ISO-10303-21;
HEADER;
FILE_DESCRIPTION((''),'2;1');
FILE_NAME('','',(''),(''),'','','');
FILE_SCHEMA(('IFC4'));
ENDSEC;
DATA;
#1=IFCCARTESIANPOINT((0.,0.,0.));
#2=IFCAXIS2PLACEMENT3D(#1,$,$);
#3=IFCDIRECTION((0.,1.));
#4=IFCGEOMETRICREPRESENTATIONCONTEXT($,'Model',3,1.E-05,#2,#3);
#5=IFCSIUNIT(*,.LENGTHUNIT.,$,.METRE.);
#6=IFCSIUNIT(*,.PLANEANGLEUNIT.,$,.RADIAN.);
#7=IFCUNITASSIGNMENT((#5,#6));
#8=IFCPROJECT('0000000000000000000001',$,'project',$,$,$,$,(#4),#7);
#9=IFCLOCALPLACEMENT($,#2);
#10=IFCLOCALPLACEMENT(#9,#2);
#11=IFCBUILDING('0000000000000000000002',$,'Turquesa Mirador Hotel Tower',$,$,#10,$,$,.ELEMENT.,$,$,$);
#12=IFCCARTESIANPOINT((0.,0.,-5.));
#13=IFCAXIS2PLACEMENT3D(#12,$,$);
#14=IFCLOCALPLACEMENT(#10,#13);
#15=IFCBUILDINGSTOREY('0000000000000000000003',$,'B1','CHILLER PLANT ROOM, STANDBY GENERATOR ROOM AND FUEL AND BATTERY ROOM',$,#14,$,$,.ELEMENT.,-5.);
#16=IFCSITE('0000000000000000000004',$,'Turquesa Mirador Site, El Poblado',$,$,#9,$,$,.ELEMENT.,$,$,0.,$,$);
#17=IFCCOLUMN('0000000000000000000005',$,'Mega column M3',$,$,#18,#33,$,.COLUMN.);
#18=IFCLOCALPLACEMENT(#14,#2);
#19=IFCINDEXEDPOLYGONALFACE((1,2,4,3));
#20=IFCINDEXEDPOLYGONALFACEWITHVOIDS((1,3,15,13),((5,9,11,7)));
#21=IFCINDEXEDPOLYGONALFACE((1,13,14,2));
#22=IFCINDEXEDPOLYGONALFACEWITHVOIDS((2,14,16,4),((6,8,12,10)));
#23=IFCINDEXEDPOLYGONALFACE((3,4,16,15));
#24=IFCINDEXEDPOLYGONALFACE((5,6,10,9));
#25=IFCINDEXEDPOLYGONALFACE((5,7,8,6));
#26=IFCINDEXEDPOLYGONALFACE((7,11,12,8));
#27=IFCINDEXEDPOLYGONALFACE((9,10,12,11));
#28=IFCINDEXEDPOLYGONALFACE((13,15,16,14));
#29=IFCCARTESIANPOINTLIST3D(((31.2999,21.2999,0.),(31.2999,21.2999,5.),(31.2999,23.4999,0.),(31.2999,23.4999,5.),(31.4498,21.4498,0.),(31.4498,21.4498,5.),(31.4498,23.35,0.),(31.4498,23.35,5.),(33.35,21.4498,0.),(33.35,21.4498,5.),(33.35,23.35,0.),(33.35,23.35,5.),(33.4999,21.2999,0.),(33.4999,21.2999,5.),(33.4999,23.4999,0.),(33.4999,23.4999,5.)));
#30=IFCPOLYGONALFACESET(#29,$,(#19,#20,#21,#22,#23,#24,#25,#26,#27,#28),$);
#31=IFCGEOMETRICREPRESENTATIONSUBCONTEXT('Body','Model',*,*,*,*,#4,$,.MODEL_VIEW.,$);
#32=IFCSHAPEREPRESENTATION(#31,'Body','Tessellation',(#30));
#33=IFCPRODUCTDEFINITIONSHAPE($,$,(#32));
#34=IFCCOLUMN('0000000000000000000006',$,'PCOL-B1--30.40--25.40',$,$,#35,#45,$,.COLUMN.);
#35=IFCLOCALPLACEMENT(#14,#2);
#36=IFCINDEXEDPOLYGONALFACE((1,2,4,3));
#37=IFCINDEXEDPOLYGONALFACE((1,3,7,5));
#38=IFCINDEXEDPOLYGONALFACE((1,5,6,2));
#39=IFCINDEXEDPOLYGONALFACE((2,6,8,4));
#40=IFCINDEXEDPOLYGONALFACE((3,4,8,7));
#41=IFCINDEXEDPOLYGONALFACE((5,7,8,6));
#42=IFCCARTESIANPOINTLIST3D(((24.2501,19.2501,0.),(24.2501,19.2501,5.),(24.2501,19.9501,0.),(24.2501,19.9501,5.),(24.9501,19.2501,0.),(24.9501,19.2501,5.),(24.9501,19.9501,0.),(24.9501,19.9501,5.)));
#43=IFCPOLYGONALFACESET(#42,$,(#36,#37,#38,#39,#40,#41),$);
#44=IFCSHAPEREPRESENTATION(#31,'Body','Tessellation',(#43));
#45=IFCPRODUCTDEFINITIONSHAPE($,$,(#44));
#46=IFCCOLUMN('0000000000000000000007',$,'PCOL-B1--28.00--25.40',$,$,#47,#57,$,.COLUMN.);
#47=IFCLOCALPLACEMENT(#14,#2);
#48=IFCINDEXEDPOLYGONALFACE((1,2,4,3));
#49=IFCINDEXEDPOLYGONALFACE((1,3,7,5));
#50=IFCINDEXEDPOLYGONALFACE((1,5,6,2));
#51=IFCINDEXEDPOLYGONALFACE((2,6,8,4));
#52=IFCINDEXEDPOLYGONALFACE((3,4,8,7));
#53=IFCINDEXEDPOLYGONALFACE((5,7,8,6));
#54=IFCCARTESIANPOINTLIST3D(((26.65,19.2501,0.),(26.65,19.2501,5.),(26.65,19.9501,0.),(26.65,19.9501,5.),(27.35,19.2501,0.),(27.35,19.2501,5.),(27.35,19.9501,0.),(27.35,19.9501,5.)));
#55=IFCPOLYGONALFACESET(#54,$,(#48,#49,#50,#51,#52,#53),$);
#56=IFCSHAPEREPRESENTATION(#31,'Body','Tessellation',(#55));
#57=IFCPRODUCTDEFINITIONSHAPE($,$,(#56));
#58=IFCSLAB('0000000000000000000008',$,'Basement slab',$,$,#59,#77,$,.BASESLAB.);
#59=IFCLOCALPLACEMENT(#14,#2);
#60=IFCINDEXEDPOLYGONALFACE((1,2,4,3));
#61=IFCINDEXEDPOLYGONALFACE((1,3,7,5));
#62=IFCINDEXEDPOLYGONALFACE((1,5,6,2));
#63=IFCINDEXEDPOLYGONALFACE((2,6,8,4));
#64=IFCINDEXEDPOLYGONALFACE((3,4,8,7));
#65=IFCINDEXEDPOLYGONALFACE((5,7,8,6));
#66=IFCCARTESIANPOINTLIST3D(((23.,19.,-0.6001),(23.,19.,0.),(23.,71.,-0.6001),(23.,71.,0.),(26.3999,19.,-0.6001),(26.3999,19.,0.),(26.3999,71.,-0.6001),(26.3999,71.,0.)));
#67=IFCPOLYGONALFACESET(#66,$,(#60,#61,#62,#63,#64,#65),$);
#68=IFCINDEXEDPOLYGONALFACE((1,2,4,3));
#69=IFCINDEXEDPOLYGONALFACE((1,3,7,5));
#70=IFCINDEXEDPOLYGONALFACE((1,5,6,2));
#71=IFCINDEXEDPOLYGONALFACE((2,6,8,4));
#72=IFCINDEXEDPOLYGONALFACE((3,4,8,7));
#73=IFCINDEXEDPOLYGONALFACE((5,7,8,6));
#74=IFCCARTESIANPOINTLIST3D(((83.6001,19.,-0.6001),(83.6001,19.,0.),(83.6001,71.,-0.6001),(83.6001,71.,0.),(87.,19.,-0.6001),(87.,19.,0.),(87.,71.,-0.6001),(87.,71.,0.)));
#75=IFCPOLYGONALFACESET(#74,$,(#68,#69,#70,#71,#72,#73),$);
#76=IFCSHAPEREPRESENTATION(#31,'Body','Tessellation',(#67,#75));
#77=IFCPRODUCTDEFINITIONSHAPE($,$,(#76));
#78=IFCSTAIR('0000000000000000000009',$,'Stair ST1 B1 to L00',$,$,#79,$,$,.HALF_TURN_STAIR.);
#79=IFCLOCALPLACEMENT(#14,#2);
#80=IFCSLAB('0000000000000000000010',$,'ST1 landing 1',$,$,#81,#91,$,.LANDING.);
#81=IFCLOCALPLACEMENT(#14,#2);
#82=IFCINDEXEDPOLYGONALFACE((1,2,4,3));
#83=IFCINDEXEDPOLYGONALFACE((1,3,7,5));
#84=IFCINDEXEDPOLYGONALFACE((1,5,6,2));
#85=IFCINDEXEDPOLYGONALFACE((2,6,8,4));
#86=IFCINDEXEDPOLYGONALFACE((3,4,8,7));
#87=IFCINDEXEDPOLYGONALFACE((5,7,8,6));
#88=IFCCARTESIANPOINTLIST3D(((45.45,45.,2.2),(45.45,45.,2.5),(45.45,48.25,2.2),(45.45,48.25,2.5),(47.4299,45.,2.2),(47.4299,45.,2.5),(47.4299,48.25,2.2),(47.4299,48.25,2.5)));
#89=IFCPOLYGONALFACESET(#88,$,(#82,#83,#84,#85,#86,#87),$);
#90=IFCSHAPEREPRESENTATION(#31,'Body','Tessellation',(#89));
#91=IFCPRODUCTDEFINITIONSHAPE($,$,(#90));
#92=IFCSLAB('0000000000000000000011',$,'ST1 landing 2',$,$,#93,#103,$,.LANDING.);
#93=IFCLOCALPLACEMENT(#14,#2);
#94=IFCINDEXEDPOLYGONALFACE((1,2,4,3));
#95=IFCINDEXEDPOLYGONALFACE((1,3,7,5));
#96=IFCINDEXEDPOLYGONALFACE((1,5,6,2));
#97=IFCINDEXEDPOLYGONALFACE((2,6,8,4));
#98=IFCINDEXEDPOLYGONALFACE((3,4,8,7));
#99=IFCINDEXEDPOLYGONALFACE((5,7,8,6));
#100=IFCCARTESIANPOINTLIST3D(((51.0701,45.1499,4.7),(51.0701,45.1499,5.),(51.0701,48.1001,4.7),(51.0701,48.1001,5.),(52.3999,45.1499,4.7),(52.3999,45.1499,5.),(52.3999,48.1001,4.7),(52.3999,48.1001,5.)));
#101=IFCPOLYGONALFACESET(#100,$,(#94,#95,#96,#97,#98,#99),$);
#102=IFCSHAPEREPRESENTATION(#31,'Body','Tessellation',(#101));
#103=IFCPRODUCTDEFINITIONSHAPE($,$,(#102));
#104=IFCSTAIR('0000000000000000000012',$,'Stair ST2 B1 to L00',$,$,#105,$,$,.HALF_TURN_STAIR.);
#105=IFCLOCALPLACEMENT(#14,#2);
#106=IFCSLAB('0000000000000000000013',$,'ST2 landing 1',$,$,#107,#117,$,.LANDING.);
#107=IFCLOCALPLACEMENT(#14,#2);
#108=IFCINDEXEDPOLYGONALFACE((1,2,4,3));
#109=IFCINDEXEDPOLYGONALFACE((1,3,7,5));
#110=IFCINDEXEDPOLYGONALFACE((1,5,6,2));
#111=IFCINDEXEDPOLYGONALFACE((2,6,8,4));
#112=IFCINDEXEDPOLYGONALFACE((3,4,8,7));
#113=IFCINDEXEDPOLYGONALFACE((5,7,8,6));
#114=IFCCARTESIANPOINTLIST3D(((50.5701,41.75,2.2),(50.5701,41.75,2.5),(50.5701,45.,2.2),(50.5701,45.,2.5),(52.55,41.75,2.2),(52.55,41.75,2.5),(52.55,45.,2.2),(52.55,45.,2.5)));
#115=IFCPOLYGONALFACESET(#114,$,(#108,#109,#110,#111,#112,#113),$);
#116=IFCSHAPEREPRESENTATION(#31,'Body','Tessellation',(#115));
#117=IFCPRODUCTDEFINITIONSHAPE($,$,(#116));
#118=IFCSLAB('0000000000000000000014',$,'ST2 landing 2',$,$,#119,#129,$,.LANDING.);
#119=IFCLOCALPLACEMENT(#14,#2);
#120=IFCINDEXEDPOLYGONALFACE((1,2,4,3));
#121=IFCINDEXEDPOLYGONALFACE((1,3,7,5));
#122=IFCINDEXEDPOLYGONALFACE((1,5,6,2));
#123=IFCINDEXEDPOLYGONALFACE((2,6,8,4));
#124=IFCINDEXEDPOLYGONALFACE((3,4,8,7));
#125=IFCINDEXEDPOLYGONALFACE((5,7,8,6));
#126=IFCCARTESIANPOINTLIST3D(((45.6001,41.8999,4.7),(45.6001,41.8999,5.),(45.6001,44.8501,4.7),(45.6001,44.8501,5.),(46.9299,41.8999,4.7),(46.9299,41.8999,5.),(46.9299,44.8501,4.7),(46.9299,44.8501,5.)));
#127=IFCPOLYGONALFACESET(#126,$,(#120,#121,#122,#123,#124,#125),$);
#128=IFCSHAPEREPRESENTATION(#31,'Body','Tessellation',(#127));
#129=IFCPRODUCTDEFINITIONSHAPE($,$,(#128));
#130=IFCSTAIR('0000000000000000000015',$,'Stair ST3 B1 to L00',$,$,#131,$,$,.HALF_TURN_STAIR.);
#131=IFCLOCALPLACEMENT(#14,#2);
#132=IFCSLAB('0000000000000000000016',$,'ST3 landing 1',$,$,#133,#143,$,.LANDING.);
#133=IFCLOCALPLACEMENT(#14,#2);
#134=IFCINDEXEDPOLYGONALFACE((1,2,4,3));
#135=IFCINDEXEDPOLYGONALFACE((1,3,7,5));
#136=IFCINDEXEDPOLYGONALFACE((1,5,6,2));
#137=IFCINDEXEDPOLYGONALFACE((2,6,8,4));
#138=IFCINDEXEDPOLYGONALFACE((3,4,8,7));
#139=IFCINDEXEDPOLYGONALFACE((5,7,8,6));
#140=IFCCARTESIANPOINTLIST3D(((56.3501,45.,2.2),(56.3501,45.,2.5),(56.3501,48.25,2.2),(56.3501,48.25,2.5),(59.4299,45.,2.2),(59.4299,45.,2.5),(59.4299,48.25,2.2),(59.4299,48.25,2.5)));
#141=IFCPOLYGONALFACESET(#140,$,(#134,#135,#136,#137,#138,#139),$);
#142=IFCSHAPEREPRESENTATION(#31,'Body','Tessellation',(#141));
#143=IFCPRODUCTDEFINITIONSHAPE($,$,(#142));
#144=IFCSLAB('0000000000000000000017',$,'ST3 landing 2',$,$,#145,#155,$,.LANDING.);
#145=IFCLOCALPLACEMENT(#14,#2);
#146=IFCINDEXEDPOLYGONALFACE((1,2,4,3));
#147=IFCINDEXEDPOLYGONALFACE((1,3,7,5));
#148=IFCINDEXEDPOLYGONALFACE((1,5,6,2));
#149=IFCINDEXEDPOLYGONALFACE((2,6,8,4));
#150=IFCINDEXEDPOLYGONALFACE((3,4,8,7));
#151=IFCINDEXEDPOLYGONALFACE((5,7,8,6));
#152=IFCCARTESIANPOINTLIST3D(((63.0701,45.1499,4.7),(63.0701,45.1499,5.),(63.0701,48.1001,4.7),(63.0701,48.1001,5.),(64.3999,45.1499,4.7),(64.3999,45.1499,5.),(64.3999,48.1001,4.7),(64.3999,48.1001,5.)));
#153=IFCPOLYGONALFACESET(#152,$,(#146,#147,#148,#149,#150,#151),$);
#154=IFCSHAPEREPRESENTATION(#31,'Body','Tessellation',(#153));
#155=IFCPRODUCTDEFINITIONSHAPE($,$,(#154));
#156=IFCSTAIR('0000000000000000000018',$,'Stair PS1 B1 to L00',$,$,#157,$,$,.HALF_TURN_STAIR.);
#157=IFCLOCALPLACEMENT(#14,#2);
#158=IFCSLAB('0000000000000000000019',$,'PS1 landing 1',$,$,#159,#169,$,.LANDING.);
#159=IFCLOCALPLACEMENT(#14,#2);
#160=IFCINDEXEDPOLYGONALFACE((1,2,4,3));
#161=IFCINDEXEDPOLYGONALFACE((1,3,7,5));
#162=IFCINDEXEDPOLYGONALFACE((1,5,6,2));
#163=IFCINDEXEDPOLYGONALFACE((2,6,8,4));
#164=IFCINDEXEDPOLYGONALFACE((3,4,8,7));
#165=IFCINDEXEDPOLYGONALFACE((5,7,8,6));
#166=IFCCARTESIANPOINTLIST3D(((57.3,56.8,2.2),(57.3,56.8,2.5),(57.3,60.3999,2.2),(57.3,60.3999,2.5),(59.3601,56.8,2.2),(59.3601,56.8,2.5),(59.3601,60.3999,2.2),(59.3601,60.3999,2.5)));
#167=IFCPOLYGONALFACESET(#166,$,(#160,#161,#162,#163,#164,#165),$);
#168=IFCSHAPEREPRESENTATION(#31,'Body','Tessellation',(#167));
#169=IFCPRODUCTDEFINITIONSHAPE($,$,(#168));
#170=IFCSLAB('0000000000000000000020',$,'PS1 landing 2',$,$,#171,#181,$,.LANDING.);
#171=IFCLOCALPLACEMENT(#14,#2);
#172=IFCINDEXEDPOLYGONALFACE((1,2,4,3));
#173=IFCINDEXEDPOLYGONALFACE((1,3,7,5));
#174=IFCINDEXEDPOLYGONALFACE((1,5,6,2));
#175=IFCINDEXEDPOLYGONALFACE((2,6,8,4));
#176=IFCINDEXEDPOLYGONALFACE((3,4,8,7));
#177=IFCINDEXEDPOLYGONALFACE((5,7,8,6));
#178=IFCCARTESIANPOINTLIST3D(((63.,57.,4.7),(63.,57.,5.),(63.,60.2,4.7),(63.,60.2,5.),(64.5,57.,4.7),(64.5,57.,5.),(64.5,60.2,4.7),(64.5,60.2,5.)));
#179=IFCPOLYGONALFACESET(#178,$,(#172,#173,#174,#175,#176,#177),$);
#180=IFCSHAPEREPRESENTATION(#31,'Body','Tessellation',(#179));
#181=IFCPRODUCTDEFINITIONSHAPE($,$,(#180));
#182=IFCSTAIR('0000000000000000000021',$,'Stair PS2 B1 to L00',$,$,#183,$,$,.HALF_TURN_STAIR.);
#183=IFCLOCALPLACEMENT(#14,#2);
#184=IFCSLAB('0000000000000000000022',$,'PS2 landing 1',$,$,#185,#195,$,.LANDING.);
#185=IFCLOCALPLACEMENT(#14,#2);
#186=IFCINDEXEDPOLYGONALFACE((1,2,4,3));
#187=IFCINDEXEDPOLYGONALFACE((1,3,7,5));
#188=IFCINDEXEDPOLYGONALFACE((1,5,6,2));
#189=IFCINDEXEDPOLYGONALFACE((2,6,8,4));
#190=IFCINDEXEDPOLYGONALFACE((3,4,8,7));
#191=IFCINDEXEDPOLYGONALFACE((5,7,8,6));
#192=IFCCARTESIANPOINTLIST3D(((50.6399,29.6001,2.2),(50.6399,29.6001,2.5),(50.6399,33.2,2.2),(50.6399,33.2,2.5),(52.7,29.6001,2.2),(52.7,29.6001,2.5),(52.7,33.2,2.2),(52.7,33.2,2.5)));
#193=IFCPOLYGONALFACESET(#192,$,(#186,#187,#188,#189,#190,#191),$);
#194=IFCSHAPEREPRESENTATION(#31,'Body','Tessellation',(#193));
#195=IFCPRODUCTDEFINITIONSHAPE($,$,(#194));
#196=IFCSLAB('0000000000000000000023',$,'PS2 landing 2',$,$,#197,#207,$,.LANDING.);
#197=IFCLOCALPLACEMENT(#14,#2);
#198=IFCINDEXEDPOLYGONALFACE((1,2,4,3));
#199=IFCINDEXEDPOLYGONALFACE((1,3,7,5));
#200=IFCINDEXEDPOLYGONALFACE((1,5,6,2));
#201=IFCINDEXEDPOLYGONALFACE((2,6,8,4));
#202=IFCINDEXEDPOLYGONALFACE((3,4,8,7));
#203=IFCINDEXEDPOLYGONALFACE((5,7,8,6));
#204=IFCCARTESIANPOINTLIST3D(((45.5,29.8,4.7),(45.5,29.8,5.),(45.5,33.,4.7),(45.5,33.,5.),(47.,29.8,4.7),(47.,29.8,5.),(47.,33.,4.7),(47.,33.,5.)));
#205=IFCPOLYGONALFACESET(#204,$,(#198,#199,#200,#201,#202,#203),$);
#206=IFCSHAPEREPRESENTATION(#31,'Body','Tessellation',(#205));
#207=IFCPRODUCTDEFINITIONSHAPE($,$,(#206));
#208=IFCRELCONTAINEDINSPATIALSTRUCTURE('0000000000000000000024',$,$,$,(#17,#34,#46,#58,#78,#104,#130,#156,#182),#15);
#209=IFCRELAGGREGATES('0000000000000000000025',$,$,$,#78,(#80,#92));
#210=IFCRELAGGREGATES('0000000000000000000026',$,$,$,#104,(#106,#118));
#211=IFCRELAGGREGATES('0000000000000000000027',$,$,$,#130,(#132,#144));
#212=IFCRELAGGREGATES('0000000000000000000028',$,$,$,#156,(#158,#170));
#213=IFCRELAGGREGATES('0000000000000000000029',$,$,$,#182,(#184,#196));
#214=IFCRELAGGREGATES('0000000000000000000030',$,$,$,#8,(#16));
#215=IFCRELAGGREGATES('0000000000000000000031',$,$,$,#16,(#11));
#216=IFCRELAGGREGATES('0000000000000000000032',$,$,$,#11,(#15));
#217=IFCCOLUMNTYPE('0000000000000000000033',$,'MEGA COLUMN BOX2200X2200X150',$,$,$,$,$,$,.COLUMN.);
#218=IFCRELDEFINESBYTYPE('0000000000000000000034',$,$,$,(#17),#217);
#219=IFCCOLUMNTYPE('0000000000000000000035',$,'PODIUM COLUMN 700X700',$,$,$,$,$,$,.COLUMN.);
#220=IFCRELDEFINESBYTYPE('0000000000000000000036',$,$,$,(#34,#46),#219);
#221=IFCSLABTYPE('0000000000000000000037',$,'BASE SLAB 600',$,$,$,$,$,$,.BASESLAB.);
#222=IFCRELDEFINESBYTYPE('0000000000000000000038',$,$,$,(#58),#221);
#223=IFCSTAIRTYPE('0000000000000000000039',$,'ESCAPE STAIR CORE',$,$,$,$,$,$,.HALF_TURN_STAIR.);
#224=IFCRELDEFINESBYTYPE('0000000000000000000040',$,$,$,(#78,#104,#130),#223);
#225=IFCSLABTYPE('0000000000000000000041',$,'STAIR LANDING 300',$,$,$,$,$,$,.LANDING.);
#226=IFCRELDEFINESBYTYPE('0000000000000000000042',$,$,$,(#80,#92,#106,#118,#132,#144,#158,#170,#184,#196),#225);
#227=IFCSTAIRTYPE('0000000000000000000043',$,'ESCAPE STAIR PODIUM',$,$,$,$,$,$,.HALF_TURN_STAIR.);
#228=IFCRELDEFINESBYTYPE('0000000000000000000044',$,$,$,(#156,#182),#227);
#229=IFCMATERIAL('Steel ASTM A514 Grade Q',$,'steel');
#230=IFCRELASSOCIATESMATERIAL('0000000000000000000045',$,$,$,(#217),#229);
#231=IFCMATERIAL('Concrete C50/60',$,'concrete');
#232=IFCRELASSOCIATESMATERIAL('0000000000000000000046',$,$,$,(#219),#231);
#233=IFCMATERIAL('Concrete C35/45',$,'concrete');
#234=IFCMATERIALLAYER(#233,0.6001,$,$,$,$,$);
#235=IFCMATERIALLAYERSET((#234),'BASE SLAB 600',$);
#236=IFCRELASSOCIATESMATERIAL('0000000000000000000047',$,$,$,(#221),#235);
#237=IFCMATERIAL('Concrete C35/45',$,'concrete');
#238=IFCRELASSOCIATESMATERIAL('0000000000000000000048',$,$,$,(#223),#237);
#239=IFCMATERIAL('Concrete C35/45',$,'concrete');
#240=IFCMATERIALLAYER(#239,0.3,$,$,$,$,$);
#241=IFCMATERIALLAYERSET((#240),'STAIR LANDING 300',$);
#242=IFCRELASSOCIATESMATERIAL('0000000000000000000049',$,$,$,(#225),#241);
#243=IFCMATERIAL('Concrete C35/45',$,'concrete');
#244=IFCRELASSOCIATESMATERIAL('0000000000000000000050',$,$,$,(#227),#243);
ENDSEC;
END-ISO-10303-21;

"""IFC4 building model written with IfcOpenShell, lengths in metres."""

from ifc_helpers import new_model, si_unit, direction, frame, origin, origin_2d, place, context, subcontext, project, spatial, polyline, rectangle, hollow_rectangle, outline, extrude, material, layer, layer_set, material_profile, profile_set, type_object, element, aggregate, save


model = new_model("IFC4")

# Units and contexts
model_context = context("Model", 3, precision=1e-05, world=origin(), true_north=direction((0.0, 1.0)))
body_context = subcontext(model_context, "Body", "Model", "MODEL_VIEW")
ifc_project = project(units=[si_unit("LENGTHUNIT", "METRE"), si_unit("PLANEANGLEUNIT", "RADIAN")], contexts=[model_context])

# Site, building, storey
site_placement = place(None, origin())
site = spatial("IfcSite", under=ifc_project, at=site_placement, Name="Turquesa Mirador Site, El Poblado", CompositionType="ELEMENT", RefElevation=0.0)
building_placement = place(site_placement, origin())
building = spatial("IfcBuilding", under=site, at=building_placement, Name="Turquesa Mirador Hotel Tower", CompositionType="ELEMENT")
storey_placement = place(building_placement, frame((0.0, 0.0, -5.0)))
storey = spatial("IfcBuildingStorey", under=building, at=storey_placement, Name="B1", Description="CHILLER PLANT ROOM, STANDBY GENERATOR ROOM AND FUEL AND BATTERY ROOM", CompositionType="ELEMENT", Elevation=-5.0)

# Columns
ifc_material_1 = material(Name="Steel ASTM A514 Grade Q", Category="steel")
ifc_material_profile_1 = material_profile(ifc_material_1, hollow_rectangle(XDim=2.2, YDim=2.2, WallThickness=0.1499, at=origin_2d()), Name="BOX2200X2200X150")
ifc_profile_set_1 = profile_set([ifc_material_profile_1], Name="Steel ASTM A514 Grade Q")
column_type_1 = type_object("IfcColumnType", Name="MEGA COLUMN BOX2200X2200X150", PredefinedType="COLUMN", material=ifc_profile_set_1)
column_placement = place(storey_placement, frame((32.3999, 22.3999, 0.0), z_axis=(0.0, 0.0, 1.0), x_axis=(1.0, 0.0, 0.0)))
element("IfcColumn", 1, at=column_placement, inside=storey, type_object=column_type_1, Name="Mega column M3", PredefinedType="COLUMN", context=body_context, shape_type="SweptSolid", body=[
    extrude(hollow_rectangle(XDim=2.2, YDim=2.2, WallThickness=0.1499, at=origin_2d()), origin(), (0.0, 0.0, 1.0), 5.0),
])
ifc_material_2 = material(Name="Concrete C50/60", Category="concrete")
ifc_material_profile_2 = material_profile(ifc_material_2, rectangle(XDim=0.7, YDim=0.7, at=origin_2d()), Name="RC 700X700")
ifc_profile_set_2 = profile_set([ifc_material_profile_2], Name="Concrete C50/60")
column_type_2 = type_object("IfcColumnType", Name="PODIUM COLUMN 700X700", PredefinedType="COLUMN", material=ifc_profile_set_2)
for number, where, z_axis, x_axis, name in (
    (2, (24.6001, 19.6001, 0.0), (0.0, 0.0, 1.0), (1.0, 0.0, 0.0), "PCOL-B1--30.40--25.40"),
    (3, (27.0, 19.6001, 0.0), (0.0, 0.0, 1.0), (1.0, 0.0, 0.0), "PCOL-B1--28.00--25.40"),
):
    element("IfcColumn", number, at=place(storey_placement, frame(where, z_axis=z_axis, x_axis=x_axis)), inside=storey, type_object=column_type_2, Name=name, PredefinedType="COLUMN", context=body_context, shape_type="SweptSolid", body=[
        extrude(rectangle(XDim=0.7, YDim=0.7, at=origin_2d()), origin(), (0.0, 0.0, 1.0), 5.0),
    ])

# Slab
ifc_material_3 = material(Name="Concrete C35/45", Category="concrete")
ifc_layer_1 = layer(ifc_material_3, 0.6001)
ifc_layer_set_1 = layer_set([ifc_layer_1], Name="BASE SLAB 600")
slab_type_1 = type_object("IfcSlabType", Name="BASE SLAB 600", PredefinedType="BASESLAB", material=ifc_layer_set_1)
slab_1_placement = place(storey_placement, frame((0.0, 0.0, -0.6001)))
element("IfcSlab", 4, at=slab_1_placement, inside=storey, type_object=slab_type_1, Name="Basement slab", PredefinedType="BASESLAB", context=body_context, shape_type="SweptSolid", body=[
    extrude(outline(polyline([(23.0, 19.0), (23.0, 71.0), (26.3999, 71.0), (26.3999, 19.0), (23.0, 19.0)])), origin(), (0.0, 0.0, 1.0), 0.6001),
    extrude(outline(polyline([(87.0, 71.0), (87.0, 19.0), (83.6001, 19.0), (83.6001, 71.0), (87.0, 71.0)])), origin(), (0.0, 0.0, 1.0), 0.6001),
])

# Stairs, slabs
ifc_material_4 = material(Name="Concrete C35/45", Category="concrete")
stair_type_1 = type_object("IfcStairType", Name="ESCAPE STAIR CORE", PredefinedType="HALF_TURN_STAIR", material=ifc_material_4)
stair_1_placement = place(storey_placement, origin())
stair_1 = element("IfcStair", 5, at=stair_1_placement, inside=storey, type_object=stair_type_1, Name="Stair ST1 B1 to L00", PredefinedType="HALF_TURN_STAIR")
ifc_material_5 = material(Name="Concrete C35/45", Category="concrete")
ifc_layer_2 = layer(ifc_material_5, 0.3)
ifc_layer_set_2 = layer_set([ifc_layer_2], Name="STAIR LANDING 300")
slab_type_2 = type_object("IfcSlabType", Name="STAIR LANDING 300", PredefinedType="LANDING", material=ifc_layer_set_2)
slab_2_placement = place(storey_placement, frame((0.0, 0.0, 2.2)))
slab_2 = element("IfcSlab", 6, at=slab_2_placement, type_object=slab_type_2, Name="ST1 landing 1", PredefinedType="LANDING", context=body_context, shape_type="SweptSolid", body=[
    extrude(outline(polyline([(45.45, 45.0), (47.4299, 45.0), (47.4299, 48.25), (45.45, 48.25), (45.45, 45.0)])), origin(), (0.0, 0.0, 1.0), 0.3),
])
slab_3_placement = place(storey_placement, frame((0.0, 0.0, 4.7)))
slab_3 = element("IfcSlab", 7, at=slab_3_placement, type_object=slab_type_2, Name="ST1 landing 2", PredefinedType="LANDING", context=body_context, shape_type="SweptSolid", body=[
    extrude(outline(polyline([(51.0701, 45.1499), (52.3999, 45.1499), (52.3999, 48.1001), (51.0701, 48.1001), (51.0701, 45.1499)])), origin(), (0.0, 0.0, 1.0), 0.3),
])
aggregate(stair_1, [slab_2, slab_3])
stair_2_placement = place(storey_placement, origin())
stair_2 = element("IfcStair", 8, at=stair_2_placement, inside=storey, type_object=stair_type_1, Name="Stair ST2 B1 to L00", PredefinedType="HALF_TURN_STAIR")
slab_4_placement = place(storey_placement, frame((0.0, 0.0, 2.2)))
slab_4 = element("IfcSlab", 9, at=slab_4_placement, type_object=slab_type_2, Name="ST2 landing 1", PredefinedType="LANDING", context=body_context, shape_type="SweptSolid", body=[
    extrude(outline(polyline([(52.55, 45.0), (50.5701, 45.0), (50.5701, 41.75), (52.55, 41.75), (52.55, 45.0)])), origin(), (0.0, 0.0, 1.0), 0.3),
])
slab_5_placement = place(storey_placement, frame((0.0, 0.0, 4.7)))
slab_5 = element("IfcSlab", 10, at=slab_5_placement, type_object=slab_type_2, Name="ST2 landing 2", PredefinedType="LANDING", context=body_context, shape_type="SweptSolid", body=[
    extrude(outline(polyline([(46.9299, 44.8501), (45.6001, 44.8501), (45.6001, 41.8999), (46.9299, 41.8999), (46.9299, 44.8501)])), origin(), (0.0, 0.0, 1.0), 0.3),
])
aggregate(stair_2, [slab_4, slab_5])
stair_3_placement = place(storey_placement, origin())
stair_3 = element("IfcStair", 11, at=stair_3_placement, inside=storey, type_object=stair_type_1, Name="Stair ST3 B1 to L00", PredefinedType="HALF_TURN_STAIR")
slab_6_placement = place(storey_placement, frame((0.0, 0.0, 2.2)))
slab_6 = element("IfcSlab", 12, at=slab_6_placement, type_object=slab_type_2, Name="ST3 landing 1", PredefinedType="LANDING", context=body_context, shape_type="SweptSolid", body=[
    extrude(outline(polyline([(56.3501, 45.0), (59.4299, 45.0), (59.4299, 48.25), (56.3501, 48.25), (56.3501, 45.0)])), origin(), (0.0, 0.0, 1.0), 0.3),
])
slab_7_placement = place(storey_placement, frame((0.0, 0.0, 4.7)))
slab_7 = element("IfcSlab", 13, at=slab_7_placement, type_object=slab_type_2, Name="ST3 landing 2", PredefinedType="LANDING", context=body_context, shape_type="SweptSolid", body=[
    extrude(outline(polyline([(63.0701, 45.1499), (64.3999, 45.1499), (64.3999, 48.1001), (63.0701, 48.1001), (63.0701, 45.1499)])), origin(), (0.0, 0.0, 1.0), 0.3),
])
aggregate(stair_3, [slab_6, slab_7])
ifc_material_6 = material(Name="Concrete C35/45", Category="concrete")
stair_type_2 = type_object("IfcStairType", Name="ESCAPE STAIR PODIUM", PredefinedType="HALF_TURN_STAIR", material=ifc_material_6)
stair_4_placement = place(storey_placement, origin())
stair_4 = element("IfcStair", 14, at=stair_4_placement, inside=storey, type_object=stair_type_2, Name="Stair PS1 B1 to L00", PredefinedType="HALF_TURN_STAIR")
slab_8_placement = place(storey_placement, frame((0.0, 0.0, 2.2)))
slab_8 = element("IfcSlab", 15, at=slab_8_placement, type_object=slab_type_2, Name="PS1 landing 1", PredefinedType="LANDING", context=body_context, shape_type="SweptSolid", body=[
    extrude(outline(polyline([(57.3, 56.8), (59.3601, 56.8), (59.3601, 60.3999), (57.3, 60.3999), (57.3, 56.8)])), origin(), (0.0, 0.0, 1.0), 0.3),
])
slab_9_placement = place(storey_placement, frame((0.0, 0.0, 4.7)))
slab_9 = element("IfcSlab", 16, at=slab_9_placement, type_object=slab_type_2, Name="PS1 landing 2", PredefinedType="LANDING", context=body_context, shape_type="SweptSolid", body=[
    extrude(outline(polyline([(63.0, 57.0), (64.5, 57.0), (64.5, 60.2), (63.0, 60.2), (63.0, 57.0)])), origin(), (0.0, 0.0, 1.0), 0.3),
])
aggregate(stair_4, [slab_8, slab_9])
stair_5_placement = place(storey_placement, origin())
stair_5 = element("IfcStair", 17, at=stair_5_placement, inside=storey, type_object=stair_type_2, Name="Stair PS2 B1 to L00", PredefinedType="HALF_TURN_STAIR")
slab_10_placement = place(storey_placement, frame((0.0, 0.0, 2.2)))
slab_10 = element("IfcSlab", 18, at=slab_10_placement, type_object=slab_type_2, Name="PS2 landing 1", PredefinedType="LANDING", context=body_context, shape_type="SweptSolid", body=[
    extrude(outline(polyline([(52.7, 33.2), (50.6399, 33.2), (50.6399, 29.6001), (52.7, 29.6001), (52.7, 33.2)])), origin(), (0.0, 0.0, 1.0), 0.3),
])
slab_11_placement = place(storey_placement, frame((0.0, 0.0, 4.7)))
slab_11 = element("IfcSlab", 19, at=slab_11_placement, type_object=slab_type_2, Name="PS2 landing 2", PredefinedType="LANDING", context=body_context, shape_type="SweptSolid", body=[
    extrude(outline(polyline([(47.0, 33.0), (45.5, 33.0), (45.5, 29.8), (47.0, 29.8), (47.0, 33.0)])), origin(), (0.0, 0.0, 1.0), 0.3),
])
aggregate(stair_5, [slab_10, slab_11])

save(model, "model.ifc")
